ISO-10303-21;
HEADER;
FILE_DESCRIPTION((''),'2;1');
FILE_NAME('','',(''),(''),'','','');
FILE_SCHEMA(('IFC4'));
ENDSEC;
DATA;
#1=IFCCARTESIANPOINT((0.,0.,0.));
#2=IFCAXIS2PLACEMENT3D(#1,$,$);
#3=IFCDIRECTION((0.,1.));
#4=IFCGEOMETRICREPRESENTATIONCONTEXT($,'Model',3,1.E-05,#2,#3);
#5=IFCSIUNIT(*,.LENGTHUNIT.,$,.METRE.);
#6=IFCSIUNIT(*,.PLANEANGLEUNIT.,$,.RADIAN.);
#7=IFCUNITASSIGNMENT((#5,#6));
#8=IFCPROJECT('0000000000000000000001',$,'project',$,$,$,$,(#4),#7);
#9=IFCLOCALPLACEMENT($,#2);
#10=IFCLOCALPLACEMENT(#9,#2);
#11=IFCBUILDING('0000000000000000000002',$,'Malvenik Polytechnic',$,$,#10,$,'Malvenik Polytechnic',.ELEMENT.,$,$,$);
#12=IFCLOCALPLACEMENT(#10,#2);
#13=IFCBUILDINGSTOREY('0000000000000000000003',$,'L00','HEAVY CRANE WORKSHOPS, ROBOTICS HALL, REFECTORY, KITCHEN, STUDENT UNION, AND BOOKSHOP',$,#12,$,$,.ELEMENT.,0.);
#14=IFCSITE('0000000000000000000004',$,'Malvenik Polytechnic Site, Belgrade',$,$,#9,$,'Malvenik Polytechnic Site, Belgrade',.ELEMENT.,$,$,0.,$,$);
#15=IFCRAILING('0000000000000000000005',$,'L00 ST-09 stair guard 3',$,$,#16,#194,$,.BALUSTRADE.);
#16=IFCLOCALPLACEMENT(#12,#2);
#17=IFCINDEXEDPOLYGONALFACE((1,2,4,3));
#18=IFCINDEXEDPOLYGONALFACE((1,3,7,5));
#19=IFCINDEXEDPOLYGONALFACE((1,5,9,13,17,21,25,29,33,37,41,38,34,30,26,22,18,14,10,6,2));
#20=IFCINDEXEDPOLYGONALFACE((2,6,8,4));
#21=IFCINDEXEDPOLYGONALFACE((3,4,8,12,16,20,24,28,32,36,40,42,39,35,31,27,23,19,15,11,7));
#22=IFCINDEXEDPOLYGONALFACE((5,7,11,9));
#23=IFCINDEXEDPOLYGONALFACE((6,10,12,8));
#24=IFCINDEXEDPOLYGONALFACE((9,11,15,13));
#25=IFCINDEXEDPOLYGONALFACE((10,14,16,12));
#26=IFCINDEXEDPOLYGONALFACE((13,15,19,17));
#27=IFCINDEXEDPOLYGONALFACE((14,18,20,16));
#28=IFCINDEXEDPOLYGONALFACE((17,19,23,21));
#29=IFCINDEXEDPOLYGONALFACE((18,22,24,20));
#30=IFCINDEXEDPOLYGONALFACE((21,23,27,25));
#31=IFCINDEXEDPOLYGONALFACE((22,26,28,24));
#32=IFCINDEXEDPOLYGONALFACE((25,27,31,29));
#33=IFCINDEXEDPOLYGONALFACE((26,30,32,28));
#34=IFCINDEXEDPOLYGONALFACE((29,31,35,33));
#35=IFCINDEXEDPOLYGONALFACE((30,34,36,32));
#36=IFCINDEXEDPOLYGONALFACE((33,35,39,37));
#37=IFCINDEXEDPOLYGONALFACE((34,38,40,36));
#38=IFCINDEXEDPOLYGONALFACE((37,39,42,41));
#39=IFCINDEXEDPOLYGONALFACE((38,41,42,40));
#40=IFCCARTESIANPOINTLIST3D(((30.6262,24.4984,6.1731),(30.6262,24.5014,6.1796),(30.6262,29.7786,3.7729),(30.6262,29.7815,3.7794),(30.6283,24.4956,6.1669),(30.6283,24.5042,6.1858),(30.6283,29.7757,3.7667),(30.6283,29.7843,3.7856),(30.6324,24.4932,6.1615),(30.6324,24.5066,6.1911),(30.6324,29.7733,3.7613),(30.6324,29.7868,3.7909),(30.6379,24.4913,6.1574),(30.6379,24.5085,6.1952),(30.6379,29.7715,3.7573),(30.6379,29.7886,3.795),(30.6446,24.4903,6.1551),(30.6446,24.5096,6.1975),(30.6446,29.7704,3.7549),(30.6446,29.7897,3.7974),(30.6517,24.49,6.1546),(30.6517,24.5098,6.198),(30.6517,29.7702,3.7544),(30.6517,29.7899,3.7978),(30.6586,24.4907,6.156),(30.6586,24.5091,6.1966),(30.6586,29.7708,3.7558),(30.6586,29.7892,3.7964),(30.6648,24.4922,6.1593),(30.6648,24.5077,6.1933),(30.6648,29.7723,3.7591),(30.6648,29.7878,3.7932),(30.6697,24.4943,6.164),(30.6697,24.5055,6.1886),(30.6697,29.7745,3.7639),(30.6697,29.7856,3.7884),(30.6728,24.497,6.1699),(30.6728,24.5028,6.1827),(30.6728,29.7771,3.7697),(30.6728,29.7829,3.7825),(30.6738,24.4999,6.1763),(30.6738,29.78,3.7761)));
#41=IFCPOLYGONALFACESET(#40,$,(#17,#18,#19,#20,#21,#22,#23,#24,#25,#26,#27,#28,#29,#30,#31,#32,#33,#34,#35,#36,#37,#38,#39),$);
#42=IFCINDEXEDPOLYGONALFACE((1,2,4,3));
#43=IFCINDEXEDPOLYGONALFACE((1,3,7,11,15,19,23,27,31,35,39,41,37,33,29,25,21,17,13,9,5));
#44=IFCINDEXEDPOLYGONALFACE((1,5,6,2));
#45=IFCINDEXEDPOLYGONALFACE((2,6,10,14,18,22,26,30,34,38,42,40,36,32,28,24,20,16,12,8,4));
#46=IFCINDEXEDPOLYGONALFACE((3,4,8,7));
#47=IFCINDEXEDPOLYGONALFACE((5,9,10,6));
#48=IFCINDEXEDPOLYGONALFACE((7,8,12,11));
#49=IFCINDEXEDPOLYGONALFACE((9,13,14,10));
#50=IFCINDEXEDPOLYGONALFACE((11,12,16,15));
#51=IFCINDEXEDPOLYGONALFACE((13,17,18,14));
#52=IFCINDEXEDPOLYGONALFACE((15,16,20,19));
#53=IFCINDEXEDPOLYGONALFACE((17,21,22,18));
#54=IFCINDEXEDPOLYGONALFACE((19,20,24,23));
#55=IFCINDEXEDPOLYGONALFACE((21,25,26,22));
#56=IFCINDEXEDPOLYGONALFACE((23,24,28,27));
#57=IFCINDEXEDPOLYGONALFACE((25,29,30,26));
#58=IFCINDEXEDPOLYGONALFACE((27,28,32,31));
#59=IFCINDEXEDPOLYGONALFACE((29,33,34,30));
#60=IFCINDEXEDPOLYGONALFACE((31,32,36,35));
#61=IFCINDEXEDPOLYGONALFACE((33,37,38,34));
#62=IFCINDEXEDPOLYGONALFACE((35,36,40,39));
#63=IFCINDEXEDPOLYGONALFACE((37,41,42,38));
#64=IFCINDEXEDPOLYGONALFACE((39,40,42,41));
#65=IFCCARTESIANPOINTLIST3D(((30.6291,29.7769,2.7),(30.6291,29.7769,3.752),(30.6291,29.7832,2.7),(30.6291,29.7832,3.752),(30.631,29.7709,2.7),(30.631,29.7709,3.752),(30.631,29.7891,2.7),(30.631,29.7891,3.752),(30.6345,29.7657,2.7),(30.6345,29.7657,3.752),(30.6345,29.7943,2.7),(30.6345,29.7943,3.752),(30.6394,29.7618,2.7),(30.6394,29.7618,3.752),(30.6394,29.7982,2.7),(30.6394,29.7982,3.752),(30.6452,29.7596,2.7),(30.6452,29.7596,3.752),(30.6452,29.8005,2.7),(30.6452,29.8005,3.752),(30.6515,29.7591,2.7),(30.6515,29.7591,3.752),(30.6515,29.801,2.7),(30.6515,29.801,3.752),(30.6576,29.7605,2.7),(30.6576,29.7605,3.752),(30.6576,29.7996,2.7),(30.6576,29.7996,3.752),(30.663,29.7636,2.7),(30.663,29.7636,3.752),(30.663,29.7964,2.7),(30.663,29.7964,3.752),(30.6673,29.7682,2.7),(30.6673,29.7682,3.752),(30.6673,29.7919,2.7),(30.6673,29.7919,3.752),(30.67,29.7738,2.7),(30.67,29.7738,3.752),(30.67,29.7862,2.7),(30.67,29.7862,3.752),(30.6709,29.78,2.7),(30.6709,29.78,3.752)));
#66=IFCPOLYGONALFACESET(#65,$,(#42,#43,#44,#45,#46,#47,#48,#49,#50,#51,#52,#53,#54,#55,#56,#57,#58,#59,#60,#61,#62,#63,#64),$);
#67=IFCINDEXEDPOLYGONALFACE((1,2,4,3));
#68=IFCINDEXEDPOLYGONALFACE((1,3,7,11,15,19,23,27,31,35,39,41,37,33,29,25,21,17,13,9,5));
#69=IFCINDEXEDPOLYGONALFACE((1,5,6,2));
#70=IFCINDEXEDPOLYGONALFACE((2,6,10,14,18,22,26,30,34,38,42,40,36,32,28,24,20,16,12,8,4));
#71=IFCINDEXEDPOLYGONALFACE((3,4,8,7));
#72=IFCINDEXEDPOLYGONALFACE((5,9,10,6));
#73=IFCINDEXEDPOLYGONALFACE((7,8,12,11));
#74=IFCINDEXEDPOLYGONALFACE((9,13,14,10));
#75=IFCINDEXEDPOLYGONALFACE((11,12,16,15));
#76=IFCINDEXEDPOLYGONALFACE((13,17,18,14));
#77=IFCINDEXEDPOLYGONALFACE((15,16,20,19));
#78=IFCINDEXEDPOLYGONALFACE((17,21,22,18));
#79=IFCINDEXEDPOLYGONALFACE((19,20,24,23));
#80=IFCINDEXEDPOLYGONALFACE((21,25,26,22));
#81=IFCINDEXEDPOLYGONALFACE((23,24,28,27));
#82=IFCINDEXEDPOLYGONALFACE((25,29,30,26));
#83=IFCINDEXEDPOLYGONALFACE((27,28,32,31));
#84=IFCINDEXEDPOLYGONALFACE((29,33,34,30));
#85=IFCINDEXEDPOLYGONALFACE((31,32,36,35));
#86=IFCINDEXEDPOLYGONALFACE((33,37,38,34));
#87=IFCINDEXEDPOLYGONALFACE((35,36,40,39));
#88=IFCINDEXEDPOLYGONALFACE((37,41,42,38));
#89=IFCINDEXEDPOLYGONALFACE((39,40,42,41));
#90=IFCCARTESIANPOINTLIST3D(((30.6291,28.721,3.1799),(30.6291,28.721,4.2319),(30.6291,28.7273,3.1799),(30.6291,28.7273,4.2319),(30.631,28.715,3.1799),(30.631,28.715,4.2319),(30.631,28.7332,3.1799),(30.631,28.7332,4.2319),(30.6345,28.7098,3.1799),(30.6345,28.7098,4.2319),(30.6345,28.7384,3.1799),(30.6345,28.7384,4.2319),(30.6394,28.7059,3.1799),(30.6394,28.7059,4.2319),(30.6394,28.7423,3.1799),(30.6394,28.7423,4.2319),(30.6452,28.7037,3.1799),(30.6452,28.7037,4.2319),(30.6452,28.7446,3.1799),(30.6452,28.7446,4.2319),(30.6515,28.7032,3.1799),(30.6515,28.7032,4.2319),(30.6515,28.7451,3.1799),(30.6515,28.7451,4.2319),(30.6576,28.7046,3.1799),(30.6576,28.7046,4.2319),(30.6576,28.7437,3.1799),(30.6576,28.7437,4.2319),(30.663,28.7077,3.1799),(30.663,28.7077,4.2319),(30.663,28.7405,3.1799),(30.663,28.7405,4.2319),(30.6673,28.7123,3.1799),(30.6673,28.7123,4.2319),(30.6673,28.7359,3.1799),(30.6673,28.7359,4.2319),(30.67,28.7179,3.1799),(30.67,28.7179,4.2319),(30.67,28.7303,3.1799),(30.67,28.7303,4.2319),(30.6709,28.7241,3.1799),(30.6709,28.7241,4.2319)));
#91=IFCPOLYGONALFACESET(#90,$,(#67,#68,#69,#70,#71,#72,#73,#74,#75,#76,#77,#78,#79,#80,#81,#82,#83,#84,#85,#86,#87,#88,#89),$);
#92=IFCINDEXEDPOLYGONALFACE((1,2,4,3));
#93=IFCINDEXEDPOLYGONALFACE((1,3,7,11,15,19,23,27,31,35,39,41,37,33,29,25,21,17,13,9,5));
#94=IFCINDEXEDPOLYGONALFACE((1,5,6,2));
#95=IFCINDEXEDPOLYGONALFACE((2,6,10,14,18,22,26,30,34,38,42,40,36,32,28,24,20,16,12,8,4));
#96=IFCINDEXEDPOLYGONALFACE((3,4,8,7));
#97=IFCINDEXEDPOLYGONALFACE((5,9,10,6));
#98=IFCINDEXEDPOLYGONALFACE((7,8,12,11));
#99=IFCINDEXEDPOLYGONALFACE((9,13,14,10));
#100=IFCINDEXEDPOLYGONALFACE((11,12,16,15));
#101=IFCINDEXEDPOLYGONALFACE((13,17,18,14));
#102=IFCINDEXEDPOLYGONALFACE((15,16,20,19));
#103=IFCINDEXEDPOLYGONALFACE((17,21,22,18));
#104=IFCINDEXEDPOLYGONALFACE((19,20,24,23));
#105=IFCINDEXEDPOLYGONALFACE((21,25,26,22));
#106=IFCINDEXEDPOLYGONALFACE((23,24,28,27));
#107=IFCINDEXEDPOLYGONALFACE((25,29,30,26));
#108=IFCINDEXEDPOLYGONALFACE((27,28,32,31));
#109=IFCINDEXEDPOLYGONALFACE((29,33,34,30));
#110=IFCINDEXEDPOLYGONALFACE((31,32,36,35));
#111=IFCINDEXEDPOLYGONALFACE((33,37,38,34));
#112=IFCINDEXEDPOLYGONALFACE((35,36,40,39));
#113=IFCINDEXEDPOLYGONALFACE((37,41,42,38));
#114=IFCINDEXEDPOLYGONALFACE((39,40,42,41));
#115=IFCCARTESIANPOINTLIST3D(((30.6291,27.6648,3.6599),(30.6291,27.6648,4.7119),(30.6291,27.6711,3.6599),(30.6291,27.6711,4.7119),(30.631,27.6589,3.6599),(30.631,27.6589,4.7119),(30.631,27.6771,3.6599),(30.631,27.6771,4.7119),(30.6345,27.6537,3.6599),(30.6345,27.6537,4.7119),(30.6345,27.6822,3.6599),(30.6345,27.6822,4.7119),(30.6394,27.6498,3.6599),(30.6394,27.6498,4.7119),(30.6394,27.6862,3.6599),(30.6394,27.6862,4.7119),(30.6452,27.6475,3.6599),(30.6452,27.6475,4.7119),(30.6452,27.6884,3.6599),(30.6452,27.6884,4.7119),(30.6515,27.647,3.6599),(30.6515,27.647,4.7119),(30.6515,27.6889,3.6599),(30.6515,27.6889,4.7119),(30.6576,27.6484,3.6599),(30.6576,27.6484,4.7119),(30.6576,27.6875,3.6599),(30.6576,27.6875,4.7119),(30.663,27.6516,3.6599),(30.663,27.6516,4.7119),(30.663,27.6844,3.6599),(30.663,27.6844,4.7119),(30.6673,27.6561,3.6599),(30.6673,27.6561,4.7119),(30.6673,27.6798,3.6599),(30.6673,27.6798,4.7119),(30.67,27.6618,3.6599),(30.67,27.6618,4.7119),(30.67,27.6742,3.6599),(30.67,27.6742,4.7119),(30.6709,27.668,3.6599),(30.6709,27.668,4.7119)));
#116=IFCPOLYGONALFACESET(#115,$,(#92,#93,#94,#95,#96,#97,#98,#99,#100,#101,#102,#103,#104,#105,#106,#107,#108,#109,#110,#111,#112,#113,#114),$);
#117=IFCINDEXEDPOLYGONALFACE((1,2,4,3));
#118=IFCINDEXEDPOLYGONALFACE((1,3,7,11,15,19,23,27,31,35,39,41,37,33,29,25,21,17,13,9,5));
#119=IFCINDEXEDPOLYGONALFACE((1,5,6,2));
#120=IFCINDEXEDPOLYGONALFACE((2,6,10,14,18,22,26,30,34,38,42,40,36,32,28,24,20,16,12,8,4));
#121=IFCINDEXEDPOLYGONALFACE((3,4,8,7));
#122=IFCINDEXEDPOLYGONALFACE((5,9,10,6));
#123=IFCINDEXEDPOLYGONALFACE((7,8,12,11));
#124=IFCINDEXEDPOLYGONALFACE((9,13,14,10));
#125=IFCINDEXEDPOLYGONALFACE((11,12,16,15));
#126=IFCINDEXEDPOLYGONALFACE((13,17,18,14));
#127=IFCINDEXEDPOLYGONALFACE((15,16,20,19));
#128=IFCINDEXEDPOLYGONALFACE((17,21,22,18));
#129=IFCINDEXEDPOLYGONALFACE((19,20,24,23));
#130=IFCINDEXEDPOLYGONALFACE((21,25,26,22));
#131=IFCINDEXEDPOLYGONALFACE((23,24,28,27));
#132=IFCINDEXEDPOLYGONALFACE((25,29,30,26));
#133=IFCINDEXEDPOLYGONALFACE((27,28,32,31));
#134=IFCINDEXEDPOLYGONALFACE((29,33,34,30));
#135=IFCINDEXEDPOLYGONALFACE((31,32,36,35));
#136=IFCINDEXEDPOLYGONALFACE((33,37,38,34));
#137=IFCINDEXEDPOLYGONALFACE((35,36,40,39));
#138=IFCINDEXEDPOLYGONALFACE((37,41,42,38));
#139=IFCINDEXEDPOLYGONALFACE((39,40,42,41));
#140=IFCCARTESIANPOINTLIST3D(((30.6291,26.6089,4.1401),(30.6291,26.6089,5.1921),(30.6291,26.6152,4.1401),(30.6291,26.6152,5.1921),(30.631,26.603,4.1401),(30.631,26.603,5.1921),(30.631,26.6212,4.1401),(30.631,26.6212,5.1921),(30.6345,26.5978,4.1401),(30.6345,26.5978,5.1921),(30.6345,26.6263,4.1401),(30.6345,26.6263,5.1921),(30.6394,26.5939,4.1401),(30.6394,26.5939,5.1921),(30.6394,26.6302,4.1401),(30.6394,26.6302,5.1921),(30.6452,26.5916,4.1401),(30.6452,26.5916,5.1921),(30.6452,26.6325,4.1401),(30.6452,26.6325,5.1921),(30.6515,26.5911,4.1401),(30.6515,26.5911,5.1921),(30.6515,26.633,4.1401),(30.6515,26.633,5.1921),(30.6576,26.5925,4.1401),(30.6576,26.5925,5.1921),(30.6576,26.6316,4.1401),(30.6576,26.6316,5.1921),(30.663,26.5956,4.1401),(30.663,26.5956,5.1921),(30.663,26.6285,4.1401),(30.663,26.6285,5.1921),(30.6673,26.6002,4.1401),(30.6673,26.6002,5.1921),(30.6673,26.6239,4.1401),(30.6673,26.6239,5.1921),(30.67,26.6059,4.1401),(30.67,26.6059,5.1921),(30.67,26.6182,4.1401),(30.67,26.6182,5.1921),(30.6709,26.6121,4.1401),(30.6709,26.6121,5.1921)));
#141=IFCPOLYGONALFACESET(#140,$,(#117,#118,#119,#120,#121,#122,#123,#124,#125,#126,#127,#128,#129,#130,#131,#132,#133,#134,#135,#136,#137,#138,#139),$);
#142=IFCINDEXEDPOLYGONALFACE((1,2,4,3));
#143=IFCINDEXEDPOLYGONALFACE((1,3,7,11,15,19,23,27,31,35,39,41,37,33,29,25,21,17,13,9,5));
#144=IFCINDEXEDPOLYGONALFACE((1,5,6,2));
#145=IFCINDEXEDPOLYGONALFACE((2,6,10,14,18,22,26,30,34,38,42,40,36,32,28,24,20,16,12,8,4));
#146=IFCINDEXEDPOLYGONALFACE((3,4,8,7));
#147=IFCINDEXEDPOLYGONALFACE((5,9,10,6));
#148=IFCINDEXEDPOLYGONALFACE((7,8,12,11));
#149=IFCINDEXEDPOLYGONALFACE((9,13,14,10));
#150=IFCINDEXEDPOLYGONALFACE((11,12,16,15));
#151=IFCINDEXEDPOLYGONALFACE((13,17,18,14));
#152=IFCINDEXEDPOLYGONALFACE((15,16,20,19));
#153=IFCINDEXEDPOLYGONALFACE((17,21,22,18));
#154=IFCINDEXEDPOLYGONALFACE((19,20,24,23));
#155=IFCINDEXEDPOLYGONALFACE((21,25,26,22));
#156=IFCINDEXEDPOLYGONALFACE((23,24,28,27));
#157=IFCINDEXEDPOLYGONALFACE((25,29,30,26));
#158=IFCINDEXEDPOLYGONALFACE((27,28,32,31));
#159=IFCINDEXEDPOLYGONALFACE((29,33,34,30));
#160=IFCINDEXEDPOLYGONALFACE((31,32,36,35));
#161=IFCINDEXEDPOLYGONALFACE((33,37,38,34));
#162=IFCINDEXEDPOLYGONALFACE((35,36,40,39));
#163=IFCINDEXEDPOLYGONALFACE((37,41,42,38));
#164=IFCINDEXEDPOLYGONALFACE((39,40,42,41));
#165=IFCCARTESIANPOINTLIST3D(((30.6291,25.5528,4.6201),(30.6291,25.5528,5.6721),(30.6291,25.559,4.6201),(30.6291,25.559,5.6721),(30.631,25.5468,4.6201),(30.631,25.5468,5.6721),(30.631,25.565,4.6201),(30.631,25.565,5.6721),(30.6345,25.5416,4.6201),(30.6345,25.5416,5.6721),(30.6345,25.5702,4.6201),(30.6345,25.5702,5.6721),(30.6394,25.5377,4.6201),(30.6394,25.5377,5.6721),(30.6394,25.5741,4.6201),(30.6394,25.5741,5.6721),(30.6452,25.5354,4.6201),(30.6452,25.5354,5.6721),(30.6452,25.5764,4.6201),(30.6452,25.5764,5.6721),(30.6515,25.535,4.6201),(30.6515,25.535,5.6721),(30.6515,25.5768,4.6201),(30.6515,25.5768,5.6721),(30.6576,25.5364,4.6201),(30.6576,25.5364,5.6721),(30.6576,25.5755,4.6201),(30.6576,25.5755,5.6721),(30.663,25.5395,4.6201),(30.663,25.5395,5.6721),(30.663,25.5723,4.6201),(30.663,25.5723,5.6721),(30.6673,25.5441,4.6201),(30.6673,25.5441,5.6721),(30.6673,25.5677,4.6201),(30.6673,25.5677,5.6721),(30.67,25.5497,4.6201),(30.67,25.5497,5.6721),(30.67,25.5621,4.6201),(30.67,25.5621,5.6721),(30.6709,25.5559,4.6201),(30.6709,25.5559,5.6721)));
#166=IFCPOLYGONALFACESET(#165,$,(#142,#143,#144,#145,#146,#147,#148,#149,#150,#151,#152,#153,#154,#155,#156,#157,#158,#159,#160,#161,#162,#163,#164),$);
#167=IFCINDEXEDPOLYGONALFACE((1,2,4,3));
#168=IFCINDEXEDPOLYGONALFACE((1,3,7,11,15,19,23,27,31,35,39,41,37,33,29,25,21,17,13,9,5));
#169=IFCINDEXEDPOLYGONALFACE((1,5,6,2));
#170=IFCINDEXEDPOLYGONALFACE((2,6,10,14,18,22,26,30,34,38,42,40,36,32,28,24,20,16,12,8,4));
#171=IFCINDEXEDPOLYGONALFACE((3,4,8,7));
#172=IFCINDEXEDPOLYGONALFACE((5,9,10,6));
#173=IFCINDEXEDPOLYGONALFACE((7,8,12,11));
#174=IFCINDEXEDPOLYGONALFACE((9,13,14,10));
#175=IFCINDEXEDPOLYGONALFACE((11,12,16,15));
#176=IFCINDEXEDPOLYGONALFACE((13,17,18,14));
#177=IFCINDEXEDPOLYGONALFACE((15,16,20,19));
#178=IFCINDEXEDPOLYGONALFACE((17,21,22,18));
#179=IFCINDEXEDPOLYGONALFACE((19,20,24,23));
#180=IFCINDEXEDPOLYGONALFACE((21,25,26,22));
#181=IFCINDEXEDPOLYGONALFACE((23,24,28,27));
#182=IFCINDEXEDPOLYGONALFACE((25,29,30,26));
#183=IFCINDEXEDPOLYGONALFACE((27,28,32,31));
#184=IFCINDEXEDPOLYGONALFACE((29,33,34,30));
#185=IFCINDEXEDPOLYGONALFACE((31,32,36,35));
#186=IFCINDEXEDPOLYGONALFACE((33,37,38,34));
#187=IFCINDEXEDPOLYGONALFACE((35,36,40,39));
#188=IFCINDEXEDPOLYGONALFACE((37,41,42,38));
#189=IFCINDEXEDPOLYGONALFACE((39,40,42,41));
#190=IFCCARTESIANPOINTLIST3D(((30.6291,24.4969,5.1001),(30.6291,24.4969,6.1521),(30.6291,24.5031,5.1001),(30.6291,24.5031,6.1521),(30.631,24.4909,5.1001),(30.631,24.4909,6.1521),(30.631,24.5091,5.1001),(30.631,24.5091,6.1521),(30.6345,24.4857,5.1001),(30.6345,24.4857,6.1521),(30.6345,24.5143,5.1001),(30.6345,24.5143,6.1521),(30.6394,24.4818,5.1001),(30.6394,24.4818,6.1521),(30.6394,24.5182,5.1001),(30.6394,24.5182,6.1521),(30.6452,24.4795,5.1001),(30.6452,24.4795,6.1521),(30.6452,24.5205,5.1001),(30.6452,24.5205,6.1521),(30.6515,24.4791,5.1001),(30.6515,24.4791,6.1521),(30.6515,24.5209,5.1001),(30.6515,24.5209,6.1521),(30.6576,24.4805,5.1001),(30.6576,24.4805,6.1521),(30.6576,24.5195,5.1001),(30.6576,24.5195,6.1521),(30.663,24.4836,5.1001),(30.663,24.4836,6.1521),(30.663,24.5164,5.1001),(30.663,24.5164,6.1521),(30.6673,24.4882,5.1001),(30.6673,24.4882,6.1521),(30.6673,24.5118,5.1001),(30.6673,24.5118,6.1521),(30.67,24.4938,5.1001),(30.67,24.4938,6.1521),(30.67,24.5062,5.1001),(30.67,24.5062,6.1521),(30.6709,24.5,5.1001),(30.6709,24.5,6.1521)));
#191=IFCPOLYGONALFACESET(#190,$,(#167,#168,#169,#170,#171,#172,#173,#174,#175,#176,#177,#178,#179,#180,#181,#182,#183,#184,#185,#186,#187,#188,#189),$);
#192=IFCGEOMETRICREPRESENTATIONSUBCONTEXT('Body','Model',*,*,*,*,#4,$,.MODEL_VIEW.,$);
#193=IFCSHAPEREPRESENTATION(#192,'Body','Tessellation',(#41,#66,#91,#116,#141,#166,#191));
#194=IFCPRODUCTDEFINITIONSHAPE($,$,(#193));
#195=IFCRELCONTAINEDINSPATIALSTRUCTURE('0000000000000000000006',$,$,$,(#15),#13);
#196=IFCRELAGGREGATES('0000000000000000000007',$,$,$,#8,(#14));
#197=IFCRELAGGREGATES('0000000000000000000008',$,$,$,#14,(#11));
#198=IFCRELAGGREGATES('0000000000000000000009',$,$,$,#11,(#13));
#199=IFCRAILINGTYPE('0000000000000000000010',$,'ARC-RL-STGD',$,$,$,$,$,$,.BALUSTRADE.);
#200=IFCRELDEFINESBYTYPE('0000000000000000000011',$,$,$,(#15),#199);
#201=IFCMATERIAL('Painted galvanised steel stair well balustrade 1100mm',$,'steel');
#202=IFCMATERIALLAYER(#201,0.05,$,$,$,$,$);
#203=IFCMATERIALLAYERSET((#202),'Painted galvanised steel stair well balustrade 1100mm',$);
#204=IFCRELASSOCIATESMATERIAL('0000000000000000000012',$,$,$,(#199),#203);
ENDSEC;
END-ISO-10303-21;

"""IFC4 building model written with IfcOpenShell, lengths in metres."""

from ifc_helpers import new_model, si_unit, direction, frame, origin, origin_2d, place, context, subcontext, project, spatial, circle, extrude, material, layer, layer_set, type_object, element, save


model = new_model("IFC4")

# Units and contexts
model_context = context("Model", 3, precision=1e-05, world=origin(), true_north=direction((0.0, 1.0)))
body_context = subcontext(model_context, "Body", "Model", "MODEL_VIEW")
ifc_project = project(units=[si_unit("LENGTHUNIT", "METRE"), si_unit("PLANEANGLEUNIT", "RADIAN")], contexts=[model_context])

# Site, building, storey
site_placement = place(None, origin())
site = spatial("IfcSite", under=ifc_project, at=site_placement, Name="Malvenik Polytechnic Site, Belgrade", LongName="Malvenik Polytechnic Site, Belgrade", CompositionType="ELEMENT", RefElevation=0.0)
building_placement = place(site_placement, origin())
building = spatial("IfcBuilding", under=site, at=building_placement, Name="Malvenik Polytechnic", LongName="Malvenik Polytechnic", CompositionType="ELEMENT")
storey_placement = place(building_placement, origin())
storey = spatial("IfcBuildingStorey", under=building, at=storey_placement, Name="L00", Description="HEAVY CRANE WORKSHOPS, ROBOTICS HALL, REFECTORY, KITCHEN, STUDENT UNION, AND BOOKSHOP", CompositionType="ELEMENT", Elevation=0.0)

# Railing
ifc_material_1 = material(Name="Painted galvanised steel stair well balustrade 1100mm", Category="steel")
ifc_layer_1 = layer(ifc_material_1, 0.05)
ifc_layer_set_1 = layer_set([ifc_layer_1], Name="Painted galvanised steel stair well balustrade 1100mm")
railing_type_1 = type_object("IfcRailingType", Name="ARC-RL-STGD", PredefinedType="BALUSTRADE", material=ifc_layer_set_1)
railing_1_placement = place(storey_placement, frame((30.6499, 29.78, 2.7)))
element("IfcRailing", 1, at=railing_1_placement, inside=storey, type_object=railing_type_1, Name="L00 ST-09 stair guard 3", PredefinedType="BALUSTRADE", context=body_context, shape_type="SweptSolid", body=[
    extrude(circle(Radius=0.0239, at=origin_2d()), frame((0.0, 0.0, 1.0762), z_axis=(0.0, -0.910358, 0.413822), x_axis=(1.0, 0.0, 0.0)), (0.0, 0.0, 1.0), 5.8),
    extrude(circle(Radius=0.021, at=origin_2d()), origin(), (0.0, 0.0, 1.0), 1.052),
    extrude(circle(Radius=0.021, at=origin_2d()), frame((0.0, -1.0559, 0.48)), (0.0, 0.0, 1.0), 1.052),
    extrude(circle(Radius=0.021, at=origin_2d()), frame((0.0, -2.1121, 0.96)), (0.0, 0.0, 1.0), 1.052),
    extrude(circle(Radius=0.021, at=origin_2d()), frame((0.0, -3.168, 1.4402)), (0.0, 0.0, 1.0), 1.052),
    extrude(circle(Radius=0.021, at=origin_2d()), frame((0.0, -4.2241, 1.9202)), (0.0, 0.0, 1.0), 1.052),
    extrude(circle(Radius=0.021, at=origin_2d()), frame((0.0, -5.28, 2.4001)), (0.0, 0.0, 1.0), 1.052),
])

save(model, "model.ifc")
